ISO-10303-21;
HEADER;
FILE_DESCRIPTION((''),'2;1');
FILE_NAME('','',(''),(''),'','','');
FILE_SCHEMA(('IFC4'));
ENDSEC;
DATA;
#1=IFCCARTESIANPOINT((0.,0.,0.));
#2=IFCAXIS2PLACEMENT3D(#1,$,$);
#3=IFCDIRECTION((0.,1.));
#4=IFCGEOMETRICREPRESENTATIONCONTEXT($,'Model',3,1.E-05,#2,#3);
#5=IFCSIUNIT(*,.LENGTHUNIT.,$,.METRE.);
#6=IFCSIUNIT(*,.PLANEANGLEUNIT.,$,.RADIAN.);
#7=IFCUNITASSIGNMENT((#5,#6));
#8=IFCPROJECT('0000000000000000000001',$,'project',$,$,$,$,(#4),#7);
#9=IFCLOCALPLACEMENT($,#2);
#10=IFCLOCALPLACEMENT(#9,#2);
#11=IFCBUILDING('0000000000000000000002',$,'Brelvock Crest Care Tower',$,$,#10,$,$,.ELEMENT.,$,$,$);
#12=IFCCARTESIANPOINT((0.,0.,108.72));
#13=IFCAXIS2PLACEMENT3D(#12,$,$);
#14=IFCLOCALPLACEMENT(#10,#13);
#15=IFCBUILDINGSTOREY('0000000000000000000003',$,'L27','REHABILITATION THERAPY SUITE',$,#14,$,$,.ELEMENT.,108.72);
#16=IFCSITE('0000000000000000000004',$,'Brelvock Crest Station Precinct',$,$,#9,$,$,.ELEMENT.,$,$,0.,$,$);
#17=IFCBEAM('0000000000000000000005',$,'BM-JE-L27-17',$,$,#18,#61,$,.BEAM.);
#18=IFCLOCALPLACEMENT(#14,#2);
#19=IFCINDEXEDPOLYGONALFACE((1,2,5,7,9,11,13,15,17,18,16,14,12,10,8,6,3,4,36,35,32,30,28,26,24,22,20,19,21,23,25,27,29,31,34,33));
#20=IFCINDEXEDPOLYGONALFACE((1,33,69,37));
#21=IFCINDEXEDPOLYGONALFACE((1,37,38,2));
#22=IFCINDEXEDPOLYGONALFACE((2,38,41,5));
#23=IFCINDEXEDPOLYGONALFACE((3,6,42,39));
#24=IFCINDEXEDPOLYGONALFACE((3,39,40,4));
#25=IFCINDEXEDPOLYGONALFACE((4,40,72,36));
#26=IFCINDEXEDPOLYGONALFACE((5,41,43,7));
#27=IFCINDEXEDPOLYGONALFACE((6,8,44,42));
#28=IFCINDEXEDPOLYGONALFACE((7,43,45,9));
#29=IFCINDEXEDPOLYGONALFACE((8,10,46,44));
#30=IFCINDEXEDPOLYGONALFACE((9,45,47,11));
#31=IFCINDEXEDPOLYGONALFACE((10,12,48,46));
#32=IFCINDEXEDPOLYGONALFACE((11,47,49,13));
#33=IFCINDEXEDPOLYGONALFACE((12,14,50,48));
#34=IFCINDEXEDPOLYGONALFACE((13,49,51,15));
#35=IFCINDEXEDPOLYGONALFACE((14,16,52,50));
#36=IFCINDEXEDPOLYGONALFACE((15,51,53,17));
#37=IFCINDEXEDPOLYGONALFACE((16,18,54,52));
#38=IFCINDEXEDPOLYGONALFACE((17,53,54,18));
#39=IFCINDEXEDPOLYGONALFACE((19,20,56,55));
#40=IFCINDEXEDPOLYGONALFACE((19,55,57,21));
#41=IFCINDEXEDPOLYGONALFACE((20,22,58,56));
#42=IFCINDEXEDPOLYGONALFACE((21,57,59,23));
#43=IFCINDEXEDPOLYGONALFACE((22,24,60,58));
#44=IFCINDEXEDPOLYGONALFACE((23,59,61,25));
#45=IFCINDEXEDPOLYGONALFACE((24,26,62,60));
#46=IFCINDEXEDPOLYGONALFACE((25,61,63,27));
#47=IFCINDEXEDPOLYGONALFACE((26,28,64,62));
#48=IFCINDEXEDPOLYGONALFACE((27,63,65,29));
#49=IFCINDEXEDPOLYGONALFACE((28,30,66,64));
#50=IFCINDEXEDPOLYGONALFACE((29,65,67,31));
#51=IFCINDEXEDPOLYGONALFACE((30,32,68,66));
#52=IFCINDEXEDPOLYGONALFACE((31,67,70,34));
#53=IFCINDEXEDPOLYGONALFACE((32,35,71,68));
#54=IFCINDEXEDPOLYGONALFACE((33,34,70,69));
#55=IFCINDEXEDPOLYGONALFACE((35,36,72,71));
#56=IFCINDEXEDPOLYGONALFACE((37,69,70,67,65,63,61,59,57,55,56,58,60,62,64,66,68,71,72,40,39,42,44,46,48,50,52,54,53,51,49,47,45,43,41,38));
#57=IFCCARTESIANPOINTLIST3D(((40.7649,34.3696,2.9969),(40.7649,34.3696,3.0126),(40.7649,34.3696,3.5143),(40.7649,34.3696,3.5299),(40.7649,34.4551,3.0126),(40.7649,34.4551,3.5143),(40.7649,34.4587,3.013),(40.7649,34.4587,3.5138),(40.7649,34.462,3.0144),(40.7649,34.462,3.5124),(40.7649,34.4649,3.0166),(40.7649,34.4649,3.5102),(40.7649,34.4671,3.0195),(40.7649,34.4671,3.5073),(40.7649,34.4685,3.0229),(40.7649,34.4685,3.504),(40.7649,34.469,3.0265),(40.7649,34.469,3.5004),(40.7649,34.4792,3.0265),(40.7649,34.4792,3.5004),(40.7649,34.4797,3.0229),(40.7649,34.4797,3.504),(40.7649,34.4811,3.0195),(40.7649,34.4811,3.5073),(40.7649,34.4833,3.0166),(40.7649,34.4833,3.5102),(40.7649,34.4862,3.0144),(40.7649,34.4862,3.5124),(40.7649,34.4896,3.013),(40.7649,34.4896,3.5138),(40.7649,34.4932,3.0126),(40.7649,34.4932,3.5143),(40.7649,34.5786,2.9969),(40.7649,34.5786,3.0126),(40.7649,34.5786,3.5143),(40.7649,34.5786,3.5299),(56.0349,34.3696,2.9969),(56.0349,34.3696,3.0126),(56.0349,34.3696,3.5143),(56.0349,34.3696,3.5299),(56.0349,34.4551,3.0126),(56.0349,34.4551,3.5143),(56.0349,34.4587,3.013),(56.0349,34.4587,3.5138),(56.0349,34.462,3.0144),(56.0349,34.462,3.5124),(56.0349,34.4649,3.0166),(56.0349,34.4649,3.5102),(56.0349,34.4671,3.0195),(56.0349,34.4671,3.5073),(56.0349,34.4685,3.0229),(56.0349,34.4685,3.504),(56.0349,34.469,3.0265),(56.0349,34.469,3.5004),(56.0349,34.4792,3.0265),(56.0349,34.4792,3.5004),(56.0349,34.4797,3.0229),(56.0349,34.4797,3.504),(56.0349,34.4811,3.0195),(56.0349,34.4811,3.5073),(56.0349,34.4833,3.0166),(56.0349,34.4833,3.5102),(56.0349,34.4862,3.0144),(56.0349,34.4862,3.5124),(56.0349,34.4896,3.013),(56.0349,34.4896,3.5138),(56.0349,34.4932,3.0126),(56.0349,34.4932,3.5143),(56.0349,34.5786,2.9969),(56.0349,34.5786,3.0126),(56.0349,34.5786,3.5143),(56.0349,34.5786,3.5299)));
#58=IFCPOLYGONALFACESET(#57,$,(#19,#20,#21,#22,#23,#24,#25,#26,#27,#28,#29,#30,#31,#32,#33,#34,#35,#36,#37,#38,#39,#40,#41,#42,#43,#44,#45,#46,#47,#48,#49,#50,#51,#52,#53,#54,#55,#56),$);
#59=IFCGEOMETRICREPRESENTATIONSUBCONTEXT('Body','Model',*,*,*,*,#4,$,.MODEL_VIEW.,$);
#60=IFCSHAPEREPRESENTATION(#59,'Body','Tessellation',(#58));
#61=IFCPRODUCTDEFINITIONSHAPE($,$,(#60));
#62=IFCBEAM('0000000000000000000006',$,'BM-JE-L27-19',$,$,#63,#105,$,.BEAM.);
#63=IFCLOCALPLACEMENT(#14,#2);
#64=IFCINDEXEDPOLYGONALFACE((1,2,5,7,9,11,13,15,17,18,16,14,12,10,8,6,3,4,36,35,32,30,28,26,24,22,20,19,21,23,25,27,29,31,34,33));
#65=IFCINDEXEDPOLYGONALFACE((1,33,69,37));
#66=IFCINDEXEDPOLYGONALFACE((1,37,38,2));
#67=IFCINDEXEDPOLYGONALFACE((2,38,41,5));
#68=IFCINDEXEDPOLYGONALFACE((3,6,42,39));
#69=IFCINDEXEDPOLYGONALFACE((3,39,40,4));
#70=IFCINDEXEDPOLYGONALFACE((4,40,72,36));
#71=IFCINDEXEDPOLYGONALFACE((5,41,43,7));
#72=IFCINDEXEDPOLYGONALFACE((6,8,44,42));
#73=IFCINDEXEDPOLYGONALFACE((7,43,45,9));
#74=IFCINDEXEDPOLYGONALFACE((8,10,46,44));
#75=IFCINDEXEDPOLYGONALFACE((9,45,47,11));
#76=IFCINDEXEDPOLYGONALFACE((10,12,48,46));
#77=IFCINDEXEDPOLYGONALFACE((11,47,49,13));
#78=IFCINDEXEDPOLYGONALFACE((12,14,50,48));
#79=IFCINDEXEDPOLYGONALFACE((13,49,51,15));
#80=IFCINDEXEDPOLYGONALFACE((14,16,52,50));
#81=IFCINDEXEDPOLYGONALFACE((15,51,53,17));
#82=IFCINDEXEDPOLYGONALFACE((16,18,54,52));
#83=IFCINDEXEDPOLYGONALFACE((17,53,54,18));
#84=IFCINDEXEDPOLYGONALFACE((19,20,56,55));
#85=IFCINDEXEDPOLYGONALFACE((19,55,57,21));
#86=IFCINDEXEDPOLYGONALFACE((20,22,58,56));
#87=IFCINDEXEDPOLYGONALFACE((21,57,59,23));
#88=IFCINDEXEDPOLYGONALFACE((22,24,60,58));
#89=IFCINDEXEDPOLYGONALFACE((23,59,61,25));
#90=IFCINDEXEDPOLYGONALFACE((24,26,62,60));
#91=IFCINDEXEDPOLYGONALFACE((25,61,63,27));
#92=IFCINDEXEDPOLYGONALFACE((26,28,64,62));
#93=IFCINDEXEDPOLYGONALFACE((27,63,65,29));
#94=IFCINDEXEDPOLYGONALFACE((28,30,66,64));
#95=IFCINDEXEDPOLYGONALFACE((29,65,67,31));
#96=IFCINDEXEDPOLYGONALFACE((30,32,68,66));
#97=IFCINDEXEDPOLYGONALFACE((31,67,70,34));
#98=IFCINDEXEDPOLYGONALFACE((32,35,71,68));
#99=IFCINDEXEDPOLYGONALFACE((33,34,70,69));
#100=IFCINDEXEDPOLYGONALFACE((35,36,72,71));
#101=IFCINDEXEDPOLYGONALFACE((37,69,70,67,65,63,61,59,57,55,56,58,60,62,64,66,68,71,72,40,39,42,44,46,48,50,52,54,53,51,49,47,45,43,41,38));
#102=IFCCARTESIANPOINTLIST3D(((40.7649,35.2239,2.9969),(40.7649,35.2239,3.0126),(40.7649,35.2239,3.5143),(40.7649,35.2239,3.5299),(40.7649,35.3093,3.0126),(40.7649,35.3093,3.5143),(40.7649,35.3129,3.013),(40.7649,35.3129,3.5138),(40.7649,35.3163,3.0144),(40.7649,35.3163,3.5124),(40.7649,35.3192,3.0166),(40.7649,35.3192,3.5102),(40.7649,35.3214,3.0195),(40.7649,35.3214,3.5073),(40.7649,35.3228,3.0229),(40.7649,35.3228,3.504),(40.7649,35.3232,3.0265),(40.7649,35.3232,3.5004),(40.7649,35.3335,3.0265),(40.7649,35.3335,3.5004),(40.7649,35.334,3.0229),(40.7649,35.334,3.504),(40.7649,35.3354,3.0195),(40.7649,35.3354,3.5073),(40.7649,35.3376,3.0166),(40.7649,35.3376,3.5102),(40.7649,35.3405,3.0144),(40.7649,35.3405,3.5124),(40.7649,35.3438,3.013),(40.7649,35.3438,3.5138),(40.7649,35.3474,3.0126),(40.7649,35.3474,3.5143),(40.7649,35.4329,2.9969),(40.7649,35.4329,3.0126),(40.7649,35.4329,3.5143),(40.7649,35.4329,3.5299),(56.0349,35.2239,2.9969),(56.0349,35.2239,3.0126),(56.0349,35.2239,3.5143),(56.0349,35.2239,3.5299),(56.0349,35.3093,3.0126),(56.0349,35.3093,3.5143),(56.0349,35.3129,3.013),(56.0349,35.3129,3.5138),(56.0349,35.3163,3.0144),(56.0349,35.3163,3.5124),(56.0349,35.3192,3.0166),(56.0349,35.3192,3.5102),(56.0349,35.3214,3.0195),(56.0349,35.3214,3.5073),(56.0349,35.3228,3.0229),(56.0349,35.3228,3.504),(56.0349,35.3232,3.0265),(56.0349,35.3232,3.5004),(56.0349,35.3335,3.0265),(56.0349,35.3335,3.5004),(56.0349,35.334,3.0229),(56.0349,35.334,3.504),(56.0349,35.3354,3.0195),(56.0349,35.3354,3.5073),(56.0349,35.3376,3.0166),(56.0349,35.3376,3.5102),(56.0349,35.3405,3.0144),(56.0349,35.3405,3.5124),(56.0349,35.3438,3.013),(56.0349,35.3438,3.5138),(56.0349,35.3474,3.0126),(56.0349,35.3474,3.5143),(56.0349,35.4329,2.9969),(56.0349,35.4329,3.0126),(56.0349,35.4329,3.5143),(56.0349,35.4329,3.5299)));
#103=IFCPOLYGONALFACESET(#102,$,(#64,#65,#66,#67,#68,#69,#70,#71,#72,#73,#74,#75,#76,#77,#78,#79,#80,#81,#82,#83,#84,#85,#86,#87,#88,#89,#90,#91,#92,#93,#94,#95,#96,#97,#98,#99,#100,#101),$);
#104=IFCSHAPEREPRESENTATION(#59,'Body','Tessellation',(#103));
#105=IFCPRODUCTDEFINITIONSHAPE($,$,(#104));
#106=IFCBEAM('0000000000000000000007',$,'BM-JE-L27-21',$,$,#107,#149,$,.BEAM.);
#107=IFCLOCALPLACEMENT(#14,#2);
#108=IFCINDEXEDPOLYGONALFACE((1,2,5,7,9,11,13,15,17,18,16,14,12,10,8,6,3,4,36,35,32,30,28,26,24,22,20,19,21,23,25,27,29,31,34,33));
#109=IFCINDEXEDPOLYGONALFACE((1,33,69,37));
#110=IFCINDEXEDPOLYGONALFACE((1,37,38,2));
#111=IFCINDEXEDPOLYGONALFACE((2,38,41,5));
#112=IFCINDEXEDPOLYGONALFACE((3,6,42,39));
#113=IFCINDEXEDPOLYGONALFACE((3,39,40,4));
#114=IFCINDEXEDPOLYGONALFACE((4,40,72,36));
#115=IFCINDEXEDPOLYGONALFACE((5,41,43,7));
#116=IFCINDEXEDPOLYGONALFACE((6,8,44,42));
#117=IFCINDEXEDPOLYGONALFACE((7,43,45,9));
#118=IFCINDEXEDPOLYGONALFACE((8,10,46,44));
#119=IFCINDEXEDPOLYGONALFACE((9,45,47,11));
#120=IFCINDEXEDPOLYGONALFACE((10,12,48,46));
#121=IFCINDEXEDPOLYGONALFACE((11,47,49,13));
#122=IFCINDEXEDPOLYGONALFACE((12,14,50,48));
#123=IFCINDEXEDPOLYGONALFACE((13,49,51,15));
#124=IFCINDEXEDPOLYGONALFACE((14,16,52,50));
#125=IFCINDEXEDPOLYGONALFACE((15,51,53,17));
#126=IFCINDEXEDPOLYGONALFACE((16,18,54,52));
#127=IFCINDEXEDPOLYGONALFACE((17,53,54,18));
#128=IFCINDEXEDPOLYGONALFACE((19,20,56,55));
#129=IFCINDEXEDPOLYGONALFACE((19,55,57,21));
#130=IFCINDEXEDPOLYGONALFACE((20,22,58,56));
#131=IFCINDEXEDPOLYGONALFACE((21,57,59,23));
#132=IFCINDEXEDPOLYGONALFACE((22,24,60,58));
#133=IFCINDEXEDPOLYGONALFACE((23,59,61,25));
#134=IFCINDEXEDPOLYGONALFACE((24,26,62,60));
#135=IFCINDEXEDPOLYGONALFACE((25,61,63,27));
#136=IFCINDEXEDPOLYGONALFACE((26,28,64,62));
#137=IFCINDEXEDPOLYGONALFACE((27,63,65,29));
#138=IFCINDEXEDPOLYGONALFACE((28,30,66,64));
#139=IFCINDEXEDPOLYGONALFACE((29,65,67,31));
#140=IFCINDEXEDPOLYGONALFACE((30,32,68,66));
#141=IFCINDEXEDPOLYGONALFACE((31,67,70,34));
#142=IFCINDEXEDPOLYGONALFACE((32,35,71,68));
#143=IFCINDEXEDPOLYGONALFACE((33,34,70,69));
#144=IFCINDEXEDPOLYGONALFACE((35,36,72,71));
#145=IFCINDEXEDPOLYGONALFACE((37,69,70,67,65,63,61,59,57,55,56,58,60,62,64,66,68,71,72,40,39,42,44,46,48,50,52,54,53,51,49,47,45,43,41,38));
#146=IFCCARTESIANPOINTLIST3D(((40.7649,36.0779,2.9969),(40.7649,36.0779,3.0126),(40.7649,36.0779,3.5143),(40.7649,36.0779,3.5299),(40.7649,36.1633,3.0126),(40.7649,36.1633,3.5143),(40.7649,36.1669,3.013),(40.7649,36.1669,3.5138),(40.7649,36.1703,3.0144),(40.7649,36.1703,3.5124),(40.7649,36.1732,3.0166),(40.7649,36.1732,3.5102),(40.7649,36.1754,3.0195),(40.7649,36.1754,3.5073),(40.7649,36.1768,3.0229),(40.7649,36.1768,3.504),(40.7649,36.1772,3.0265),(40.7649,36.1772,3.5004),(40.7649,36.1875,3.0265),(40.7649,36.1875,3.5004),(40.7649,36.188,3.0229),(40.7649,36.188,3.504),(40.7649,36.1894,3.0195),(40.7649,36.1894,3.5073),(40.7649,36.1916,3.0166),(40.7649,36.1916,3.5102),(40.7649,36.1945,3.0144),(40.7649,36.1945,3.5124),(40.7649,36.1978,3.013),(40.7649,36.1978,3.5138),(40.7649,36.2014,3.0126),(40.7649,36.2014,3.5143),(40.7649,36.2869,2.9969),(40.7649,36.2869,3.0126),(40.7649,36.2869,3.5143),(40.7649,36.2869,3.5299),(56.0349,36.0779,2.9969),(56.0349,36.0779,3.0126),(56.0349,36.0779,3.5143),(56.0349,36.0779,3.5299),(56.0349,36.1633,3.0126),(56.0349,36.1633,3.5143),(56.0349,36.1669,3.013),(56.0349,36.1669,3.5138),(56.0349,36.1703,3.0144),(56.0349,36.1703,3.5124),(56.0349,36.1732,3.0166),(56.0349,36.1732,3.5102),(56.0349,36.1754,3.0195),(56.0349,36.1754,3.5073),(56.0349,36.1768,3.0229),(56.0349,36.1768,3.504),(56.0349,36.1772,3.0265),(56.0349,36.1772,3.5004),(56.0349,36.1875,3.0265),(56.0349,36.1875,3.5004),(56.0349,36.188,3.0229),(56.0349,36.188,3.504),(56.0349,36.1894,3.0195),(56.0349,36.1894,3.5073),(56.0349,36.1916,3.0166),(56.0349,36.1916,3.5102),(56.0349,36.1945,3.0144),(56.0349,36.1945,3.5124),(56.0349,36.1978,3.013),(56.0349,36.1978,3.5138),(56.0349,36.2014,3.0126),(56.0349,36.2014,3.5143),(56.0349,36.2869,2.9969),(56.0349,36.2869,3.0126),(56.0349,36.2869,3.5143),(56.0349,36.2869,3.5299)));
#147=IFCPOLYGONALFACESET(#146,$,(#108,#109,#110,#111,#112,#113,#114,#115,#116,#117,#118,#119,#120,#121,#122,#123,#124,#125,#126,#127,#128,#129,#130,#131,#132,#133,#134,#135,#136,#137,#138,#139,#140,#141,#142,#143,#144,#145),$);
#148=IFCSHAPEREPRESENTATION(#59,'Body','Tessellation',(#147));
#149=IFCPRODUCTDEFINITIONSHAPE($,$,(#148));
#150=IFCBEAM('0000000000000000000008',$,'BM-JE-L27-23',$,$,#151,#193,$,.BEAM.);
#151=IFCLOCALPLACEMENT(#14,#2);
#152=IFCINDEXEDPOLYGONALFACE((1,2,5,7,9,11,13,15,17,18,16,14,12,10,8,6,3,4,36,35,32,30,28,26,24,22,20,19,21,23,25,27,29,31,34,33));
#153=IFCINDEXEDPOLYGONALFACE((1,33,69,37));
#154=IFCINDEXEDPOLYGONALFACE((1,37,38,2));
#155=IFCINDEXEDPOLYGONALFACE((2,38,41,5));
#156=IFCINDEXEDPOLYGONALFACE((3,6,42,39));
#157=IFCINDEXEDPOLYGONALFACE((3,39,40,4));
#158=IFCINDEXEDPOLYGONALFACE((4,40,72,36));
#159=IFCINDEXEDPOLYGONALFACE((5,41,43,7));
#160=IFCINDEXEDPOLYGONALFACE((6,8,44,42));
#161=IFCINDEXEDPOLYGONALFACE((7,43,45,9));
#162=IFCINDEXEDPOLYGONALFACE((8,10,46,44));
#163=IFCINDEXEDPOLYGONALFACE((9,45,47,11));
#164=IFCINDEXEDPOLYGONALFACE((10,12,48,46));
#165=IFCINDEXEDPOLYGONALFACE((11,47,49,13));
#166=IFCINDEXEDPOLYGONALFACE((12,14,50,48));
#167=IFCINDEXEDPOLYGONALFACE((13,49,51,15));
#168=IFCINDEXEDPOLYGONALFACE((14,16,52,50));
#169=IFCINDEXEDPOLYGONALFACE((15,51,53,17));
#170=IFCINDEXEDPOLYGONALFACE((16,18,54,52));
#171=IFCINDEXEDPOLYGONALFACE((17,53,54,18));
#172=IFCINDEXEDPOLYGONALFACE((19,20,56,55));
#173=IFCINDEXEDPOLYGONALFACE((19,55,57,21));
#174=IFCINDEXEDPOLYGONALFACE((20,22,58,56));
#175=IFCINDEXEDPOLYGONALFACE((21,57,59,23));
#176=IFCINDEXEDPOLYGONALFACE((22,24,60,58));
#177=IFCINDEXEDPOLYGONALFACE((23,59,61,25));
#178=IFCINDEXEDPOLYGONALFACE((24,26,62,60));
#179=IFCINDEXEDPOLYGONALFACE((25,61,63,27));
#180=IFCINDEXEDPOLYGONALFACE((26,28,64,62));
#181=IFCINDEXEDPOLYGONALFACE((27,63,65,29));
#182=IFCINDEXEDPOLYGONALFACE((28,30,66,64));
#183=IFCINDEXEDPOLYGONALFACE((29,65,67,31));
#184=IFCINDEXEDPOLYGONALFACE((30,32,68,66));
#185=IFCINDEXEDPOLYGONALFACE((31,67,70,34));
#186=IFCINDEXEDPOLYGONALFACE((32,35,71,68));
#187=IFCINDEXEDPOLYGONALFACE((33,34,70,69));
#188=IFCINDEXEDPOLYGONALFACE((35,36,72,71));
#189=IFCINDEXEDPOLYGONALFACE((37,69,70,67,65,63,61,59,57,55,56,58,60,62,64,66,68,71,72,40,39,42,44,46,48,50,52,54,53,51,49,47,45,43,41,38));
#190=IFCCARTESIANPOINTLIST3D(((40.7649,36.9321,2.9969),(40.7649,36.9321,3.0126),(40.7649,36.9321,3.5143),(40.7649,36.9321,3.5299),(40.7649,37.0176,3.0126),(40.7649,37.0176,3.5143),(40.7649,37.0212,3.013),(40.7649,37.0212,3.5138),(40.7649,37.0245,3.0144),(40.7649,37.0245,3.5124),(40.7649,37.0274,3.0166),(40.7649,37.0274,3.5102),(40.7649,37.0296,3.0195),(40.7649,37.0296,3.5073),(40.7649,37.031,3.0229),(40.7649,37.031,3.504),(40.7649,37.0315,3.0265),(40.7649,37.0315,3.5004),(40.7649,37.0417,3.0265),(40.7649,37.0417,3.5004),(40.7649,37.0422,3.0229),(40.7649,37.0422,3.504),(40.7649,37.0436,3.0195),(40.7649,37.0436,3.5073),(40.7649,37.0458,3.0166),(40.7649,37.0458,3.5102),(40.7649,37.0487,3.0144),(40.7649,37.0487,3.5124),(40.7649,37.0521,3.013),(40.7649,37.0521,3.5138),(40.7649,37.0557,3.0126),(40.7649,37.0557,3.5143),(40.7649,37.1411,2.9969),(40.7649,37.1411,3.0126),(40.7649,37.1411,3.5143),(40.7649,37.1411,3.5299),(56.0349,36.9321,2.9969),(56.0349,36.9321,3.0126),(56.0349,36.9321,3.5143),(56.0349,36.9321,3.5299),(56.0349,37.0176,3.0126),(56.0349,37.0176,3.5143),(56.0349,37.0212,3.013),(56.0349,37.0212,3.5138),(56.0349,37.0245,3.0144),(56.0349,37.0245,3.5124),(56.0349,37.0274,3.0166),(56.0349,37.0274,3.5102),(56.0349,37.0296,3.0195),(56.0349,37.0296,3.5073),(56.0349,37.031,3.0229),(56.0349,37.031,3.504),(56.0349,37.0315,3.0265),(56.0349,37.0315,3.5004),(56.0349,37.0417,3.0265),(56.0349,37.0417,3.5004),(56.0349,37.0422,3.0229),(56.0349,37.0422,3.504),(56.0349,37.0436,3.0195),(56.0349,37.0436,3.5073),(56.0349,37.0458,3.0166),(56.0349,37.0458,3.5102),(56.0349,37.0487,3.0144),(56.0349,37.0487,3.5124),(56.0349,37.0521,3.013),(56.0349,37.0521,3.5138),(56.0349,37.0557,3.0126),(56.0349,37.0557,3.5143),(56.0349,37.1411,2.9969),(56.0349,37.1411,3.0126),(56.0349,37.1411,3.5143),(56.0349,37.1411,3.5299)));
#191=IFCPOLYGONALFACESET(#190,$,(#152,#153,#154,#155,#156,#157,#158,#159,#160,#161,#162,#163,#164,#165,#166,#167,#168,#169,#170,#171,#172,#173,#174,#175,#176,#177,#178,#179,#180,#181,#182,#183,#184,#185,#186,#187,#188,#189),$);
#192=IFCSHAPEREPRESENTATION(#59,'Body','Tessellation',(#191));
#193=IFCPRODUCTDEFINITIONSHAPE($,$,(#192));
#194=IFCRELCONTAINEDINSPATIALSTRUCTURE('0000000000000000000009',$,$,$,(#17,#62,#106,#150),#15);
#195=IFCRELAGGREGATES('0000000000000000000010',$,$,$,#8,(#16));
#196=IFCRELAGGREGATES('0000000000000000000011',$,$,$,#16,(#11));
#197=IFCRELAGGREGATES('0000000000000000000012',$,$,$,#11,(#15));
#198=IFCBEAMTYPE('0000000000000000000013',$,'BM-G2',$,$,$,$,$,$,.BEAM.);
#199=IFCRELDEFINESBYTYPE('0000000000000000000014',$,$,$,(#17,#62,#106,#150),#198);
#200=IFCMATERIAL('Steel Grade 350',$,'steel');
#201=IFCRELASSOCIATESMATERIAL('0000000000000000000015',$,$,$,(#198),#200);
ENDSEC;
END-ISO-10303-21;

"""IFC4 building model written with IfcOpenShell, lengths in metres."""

from ifc_helpers import new_model, si_unit, direction, frame, origin, origin_2d, place, context, subcontext, project, spatial, i_section, extrude, source, transform, mapped, material, material_profile, profile_set, type_object, element, save


model = new_model("IFC4")

# Units and contexts
model_context = context("Model", 3, precision=1e-05, world=origin(), true_north=direction((0.0, 1.0)))
body_context = subcontext(model_context, "Body", "Model", "MODEL_VIEW")
ifc_project = project(units=[si_unit("LENGTHUNIT", "METRE"), si_unit("PLANEANGLEUNIT", "RADIAN")], contexts=[model_context])

# Site, building, storey
site_placement = place(None, origin())
site = spatial("IfcSite", under=ifc_project, at=site_placement, Name="Brelvock Crest Station Precinct", CompositionType="ELEMENT", RefElevation=0.0)
building_placement = place(site_placement, origin())
building = spatial("IfcBuilding", under=site, at=building_placement, Name="Brelvock Crest Care Tower", CompositionType="ELEMENT")
storey_placement = place(building_placement, frame((0.0, 0.0, 108.72)))
storey = spatial("IfcBuildingStorey", under=building, at=storey_placement, Name="L27", Description="REHABILITATION THERAPY SUITE", CompositionType="ELEMENT", Elevation=108.72)

# Beams
ifc_material_1 = material(Name="Steel Grade 350", Category="steel")
ifc_material_profile_1 = material_profile(ifc_material_1, i_section(OverallWidth=0.209, OverallDepth=0.533, WebThickness=0.0103, FlangeThickness=0.0156, FilletRadius=0.0139, at=origin_2d()), Name="530UB92.4")
ifc_profile_set_1 = profile_set([ifc_material_profile_1], Name="Steel Grade 350")
beam_type_1 = type_object("IfcBeamType", Name="BM-G2", PredefinedType="BEAM", material=ifc_profile_set_1)
shared_shape_1 = source(origin(), body_context, "Body", "SweptSolid", [
    extrude(i_section(OverallWidth=0.209, OverallDepth=0.533, WebThickness=0.0103, FlangeThickness=0.0156, FilletRadius=0.0139, at=origin_2d()), origin(), (0.0, 0.0, 1.0), 15.27),
])
for number, where, z_axis, x_axis, name in (
    (1, (40.7649, 34.4741, 3.2634), (1.0, 0.0, 0.0), (0.0, 1.0, 0.0), "BM-JE-L27-17"),
    (2, (40.7649, 35.3284, 3.2634), (1.0, 0.0, 0.0), (0.0, 1.0, 0.0), "BM-JE-L27-19"),
    (3, (40.7649, 36.1824, 3.2634), (1.0, 0.0, 0.0), (0.0, 1.0, 0.0), "BM-JE-L27-21"),
    (4, (40.7649, 37.0366, 3.2634), (1.0, 0.0, 0.0), (0.0, 1.0, 0.0), "BM-JE-L27-23"),
):
    element("IfcBeam", number, at=place(storey_placement, frame(where, z_axis=z_axis, x_axis=x_axis)), inside=storey, type_object=beam_type_1, Name=name, PredefinedType="BEAM", context=body_context, shape_type="MappedRepresentation", body=[
        mapped(shared_shape_1, transform((0.0, 0.0, 0.0), x_axis=(1.0, 0.0, 0.0), y_axis=(0.0, 1.0, 0.0), z_axis=(0.0, 0.0, 1.0), scale=1.0)),
    ])

save(model, "model.ifc")
